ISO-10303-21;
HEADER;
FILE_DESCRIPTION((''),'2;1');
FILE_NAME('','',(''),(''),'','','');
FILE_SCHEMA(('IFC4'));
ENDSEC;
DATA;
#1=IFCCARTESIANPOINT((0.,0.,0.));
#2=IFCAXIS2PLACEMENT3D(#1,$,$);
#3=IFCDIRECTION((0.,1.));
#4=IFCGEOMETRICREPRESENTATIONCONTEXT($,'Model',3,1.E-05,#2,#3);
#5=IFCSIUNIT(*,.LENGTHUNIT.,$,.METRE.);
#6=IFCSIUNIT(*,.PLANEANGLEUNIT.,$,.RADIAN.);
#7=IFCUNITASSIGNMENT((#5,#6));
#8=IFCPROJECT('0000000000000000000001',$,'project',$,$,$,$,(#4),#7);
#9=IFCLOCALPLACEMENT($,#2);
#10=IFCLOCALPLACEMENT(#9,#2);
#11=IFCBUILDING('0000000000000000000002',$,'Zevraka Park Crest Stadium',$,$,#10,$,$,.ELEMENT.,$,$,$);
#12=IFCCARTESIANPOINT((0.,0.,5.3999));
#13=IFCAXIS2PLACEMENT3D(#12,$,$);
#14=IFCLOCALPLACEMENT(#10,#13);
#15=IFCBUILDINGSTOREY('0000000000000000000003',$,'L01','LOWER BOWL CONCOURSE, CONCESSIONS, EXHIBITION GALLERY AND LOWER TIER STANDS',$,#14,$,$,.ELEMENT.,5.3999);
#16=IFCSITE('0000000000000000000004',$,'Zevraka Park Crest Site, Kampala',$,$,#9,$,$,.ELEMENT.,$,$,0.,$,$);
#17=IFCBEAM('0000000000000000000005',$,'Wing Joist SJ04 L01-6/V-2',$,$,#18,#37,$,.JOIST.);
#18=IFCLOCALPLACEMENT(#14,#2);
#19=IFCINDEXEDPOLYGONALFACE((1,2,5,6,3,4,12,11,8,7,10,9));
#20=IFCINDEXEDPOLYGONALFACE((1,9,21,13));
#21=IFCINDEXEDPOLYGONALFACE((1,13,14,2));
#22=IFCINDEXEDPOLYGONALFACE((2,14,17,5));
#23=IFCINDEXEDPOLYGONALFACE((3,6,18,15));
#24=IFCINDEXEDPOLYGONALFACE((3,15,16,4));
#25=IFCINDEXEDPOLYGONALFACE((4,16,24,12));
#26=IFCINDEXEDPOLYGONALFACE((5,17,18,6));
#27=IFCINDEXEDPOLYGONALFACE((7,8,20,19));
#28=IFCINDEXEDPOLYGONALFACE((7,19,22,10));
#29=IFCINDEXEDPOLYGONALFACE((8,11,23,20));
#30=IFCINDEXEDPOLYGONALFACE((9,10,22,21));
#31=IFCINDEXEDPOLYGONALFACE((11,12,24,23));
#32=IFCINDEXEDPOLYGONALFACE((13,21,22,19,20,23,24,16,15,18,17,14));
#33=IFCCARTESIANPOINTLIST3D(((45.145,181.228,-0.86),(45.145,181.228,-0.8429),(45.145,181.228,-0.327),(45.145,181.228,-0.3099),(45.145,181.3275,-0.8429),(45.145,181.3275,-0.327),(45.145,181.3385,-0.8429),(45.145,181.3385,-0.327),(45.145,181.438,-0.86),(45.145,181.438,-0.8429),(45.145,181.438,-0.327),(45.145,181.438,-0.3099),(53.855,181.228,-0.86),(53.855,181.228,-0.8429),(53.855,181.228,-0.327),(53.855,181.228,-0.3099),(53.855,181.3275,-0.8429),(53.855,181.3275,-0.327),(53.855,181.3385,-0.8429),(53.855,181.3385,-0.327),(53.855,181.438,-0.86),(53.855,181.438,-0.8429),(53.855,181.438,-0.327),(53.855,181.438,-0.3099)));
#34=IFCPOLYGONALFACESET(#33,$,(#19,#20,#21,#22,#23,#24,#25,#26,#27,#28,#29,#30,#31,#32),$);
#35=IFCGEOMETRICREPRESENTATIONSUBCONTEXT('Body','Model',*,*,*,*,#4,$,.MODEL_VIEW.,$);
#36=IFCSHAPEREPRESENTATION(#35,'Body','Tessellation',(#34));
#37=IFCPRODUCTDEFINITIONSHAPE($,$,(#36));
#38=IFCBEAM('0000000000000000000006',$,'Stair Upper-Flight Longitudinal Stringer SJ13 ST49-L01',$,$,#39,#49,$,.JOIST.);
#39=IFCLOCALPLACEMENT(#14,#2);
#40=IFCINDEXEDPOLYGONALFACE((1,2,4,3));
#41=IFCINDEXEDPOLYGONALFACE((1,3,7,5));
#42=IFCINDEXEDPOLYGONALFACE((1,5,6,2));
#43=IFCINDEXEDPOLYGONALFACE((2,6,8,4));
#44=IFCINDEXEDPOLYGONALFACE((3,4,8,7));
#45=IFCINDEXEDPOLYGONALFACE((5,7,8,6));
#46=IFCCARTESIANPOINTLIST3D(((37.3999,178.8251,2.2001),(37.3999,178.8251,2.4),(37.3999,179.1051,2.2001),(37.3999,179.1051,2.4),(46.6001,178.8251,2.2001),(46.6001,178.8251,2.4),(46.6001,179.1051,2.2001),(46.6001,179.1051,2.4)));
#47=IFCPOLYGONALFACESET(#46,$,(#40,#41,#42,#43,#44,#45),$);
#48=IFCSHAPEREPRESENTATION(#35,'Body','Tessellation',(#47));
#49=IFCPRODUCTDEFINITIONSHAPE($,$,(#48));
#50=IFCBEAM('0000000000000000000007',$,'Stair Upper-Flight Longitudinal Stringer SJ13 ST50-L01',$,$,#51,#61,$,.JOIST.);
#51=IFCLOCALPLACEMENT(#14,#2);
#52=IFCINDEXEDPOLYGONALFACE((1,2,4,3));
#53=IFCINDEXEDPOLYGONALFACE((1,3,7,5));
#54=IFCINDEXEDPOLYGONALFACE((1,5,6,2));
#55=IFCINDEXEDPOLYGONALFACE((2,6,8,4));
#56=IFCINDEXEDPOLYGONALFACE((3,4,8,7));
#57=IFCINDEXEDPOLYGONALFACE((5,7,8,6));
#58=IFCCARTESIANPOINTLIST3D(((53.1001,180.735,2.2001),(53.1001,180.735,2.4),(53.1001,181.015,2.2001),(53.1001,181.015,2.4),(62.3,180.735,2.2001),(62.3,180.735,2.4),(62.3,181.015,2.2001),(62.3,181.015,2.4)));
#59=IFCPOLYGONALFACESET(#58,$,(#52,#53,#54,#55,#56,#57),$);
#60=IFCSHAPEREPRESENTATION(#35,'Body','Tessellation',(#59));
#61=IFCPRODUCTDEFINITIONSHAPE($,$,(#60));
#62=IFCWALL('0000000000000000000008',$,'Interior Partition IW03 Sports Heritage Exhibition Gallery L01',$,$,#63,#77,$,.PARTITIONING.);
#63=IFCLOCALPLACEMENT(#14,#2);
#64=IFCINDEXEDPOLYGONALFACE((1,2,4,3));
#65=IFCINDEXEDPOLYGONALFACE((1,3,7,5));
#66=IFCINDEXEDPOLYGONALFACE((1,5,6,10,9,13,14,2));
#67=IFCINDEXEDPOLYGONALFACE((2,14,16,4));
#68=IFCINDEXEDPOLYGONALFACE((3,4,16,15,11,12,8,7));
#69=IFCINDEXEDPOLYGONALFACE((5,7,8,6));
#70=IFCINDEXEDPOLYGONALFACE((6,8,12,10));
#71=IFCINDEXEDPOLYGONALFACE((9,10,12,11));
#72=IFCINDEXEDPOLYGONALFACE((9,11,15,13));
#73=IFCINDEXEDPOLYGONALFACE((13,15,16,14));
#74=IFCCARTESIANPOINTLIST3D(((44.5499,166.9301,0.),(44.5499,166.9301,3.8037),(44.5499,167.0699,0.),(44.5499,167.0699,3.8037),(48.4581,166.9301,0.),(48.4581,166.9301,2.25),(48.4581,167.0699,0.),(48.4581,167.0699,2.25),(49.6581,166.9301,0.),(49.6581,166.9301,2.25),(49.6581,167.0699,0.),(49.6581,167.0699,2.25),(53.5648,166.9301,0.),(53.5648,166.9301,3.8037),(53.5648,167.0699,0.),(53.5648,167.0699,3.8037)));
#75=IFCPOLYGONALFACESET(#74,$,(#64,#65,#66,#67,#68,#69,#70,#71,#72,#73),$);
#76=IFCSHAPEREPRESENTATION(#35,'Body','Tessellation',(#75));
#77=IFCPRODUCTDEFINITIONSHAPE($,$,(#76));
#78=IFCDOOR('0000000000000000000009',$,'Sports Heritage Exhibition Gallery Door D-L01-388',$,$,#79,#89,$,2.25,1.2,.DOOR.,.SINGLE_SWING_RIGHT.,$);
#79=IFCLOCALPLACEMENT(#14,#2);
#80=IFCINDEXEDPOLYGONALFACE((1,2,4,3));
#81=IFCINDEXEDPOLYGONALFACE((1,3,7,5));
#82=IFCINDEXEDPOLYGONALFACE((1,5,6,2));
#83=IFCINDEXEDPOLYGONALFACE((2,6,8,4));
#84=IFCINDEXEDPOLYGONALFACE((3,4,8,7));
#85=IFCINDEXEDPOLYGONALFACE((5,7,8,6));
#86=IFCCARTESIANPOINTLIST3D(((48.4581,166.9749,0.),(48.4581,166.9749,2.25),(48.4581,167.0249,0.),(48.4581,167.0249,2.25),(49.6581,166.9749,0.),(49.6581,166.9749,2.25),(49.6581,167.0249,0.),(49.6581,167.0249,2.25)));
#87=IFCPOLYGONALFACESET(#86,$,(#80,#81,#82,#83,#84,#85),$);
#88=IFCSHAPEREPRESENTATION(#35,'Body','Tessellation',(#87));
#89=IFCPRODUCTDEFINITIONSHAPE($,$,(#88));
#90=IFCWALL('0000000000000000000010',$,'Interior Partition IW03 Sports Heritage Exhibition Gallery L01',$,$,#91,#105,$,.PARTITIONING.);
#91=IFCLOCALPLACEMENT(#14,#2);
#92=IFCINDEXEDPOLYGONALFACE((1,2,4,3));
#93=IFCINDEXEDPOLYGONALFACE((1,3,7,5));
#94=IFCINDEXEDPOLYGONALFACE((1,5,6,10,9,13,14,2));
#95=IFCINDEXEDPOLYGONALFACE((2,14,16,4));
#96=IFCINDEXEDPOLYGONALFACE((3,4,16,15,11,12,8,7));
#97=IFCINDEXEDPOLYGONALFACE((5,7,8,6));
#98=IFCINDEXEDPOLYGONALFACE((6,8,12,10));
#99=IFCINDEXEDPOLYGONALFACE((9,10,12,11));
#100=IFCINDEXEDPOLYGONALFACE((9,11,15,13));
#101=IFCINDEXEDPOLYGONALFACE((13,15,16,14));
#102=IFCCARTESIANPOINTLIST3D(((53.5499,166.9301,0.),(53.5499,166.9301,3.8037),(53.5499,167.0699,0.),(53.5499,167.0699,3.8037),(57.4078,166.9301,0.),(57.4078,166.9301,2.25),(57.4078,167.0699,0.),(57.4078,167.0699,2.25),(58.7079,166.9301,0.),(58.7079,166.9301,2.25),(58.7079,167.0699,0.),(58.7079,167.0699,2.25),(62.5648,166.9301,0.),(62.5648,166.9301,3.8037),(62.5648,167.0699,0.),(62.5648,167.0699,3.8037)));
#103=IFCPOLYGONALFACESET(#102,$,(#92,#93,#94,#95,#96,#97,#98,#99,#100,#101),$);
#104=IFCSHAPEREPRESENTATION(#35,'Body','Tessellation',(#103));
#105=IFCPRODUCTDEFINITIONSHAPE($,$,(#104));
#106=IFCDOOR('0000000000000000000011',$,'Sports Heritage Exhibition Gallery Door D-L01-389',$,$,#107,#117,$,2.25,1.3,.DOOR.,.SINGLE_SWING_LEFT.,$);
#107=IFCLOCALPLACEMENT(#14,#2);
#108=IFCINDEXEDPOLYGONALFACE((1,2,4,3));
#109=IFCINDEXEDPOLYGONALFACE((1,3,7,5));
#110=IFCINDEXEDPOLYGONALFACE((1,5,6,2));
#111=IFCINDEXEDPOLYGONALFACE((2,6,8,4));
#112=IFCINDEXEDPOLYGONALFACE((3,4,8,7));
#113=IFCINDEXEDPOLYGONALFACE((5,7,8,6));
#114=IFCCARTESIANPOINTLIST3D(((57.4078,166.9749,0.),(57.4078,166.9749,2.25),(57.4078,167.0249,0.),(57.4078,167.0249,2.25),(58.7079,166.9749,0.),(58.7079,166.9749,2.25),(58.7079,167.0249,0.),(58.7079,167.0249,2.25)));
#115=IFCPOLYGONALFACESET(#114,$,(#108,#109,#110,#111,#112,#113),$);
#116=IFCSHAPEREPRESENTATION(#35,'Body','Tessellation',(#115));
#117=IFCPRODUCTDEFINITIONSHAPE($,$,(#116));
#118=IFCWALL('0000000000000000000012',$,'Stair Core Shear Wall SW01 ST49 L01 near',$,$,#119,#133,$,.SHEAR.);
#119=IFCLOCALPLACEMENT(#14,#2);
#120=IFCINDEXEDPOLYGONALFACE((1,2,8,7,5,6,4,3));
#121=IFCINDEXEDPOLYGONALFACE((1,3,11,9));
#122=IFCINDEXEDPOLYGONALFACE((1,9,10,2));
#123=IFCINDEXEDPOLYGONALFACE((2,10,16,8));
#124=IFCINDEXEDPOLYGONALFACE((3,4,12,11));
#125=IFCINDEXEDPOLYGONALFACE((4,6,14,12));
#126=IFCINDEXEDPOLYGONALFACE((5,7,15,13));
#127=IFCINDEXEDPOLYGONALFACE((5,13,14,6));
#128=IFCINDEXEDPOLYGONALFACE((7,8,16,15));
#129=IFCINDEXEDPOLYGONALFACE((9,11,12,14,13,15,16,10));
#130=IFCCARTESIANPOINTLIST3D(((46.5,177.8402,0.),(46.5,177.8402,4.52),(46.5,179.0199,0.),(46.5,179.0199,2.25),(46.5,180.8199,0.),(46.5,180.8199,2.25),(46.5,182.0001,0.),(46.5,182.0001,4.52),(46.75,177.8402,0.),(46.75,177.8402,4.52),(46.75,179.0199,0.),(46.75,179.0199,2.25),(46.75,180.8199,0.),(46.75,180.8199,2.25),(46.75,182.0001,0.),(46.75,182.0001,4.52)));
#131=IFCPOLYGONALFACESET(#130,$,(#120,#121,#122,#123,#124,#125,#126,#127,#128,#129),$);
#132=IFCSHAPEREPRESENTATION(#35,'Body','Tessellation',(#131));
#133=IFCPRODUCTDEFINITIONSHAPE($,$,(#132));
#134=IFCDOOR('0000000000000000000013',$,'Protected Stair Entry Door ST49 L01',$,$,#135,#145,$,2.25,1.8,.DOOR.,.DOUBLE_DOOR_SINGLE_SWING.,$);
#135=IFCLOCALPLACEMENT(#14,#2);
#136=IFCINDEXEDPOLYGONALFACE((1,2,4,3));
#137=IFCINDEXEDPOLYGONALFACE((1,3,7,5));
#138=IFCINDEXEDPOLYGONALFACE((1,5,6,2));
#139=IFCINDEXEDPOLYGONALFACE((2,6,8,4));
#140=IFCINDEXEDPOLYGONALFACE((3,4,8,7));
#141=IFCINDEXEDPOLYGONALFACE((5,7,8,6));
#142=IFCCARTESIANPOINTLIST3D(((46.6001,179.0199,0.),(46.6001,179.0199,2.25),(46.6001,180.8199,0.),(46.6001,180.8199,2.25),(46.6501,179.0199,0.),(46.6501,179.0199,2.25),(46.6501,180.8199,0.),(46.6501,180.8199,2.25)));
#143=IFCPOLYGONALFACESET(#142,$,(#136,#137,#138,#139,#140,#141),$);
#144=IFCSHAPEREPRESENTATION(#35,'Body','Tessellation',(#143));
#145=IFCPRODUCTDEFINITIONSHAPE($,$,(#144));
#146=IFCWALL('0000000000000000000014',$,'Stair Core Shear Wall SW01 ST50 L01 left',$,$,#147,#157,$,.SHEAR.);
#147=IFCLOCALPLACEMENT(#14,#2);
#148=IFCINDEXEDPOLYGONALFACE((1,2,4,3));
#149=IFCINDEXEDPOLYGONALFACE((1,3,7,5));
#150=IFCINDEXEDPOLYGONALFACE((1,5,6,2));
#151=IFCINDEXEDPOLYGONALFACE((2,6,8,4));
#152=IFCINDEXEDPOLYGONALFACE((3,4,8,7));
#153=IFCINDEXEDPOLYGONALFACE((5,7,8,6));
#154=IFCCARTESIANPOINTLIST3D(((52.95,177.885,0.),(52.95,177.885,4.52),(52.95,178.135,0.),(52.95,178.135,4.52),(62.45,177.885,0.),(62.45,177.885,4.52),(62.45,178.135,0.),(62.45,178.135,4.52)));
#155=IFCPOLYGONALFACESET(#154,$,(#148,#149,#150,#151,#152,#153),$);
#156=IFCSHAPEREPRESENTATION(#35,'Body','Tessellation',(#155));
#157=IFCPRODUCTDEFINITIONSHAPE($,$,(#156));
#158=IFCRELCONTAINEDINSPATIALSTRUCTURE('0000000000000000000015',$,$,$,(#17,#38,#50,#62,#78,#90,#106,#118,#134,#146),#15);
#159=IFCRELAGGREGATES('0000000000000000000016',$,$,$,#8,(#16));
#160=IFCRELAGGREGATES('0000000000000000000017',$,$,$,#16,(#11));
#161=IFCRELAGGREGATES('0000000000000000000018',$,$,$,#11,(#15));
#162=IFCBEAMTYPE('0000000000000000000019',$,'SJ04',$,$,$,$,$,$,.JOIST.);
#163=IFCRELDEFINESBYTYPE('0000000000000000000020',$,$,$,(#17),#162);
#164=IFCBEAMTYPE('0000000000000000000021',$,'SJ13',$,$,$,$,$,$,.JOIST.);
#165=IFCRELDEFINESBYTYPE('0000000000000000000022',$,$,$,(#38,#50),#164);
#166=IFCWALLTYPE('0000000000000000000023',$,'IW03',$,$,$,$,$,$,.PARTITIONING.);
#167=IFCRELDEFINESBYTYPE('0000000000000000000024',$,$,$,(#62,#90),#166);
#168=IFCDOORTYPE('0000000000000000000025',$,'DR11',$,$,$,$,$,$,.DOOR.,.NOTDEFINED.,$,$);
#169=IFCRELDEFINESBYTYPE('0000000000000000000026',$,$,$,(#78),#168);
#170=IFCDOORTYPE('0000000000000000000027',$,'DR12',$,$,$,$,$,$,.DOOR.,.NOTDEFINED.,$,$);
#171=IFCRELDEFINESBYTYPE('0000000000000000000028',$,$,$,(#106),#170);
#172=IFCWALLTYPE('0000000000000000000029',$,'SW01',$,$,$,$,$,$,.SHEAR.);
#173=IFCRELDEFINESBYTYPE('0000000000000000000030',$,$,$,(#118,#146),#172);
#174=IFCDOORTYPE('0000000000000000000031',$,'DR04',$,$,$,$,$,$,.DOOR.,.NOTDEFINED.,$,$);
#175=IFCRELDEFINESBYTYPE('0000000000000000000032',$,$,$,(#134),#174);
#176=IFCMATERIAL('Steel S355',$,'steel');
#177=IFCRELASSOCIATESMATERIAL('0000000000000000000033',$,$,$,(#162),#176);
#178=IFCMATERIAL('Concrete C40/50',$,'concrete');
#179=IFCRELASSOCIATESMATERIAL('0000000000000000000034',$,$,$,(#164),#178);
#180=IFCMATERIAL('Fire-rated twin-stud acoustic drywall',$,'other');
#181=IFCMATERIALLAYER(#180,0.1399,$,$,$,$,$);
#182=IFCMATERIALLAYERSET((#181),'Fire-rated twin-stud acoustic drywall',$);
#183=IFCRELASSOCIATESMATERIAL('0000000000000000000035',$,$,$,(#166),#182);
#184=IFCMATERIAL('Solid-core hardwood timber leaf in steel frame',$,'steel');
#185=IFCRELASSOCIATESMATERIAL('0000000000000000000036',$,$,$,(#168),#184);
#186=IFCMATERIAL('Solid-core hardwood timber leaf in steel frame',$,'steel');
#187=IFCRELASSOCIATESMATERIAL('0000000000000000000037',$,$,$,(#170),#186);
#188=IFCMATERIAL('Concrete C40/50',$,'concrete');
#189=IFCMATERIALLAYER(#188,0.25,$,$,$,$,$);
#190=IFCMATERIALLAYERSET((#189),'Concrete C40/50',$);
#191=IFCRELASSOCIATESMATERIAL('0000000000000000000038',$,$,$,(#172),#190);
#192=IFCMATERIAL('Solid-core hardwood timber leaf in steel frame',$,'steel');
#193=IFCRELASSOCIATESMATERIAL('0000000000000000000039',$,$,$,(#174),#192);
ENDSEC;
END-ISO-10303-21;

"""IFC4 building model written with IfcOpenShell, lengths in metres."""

from ifc_helpers import new_model, si_unit, direction, frame, frame_2d, origin, origin_2d, place, context, subcontext, project, spatial, rectangle, i_section, extrude, material, layer, layer_set, material_profile, profile_set, type_object, element, fill, save


model = new_model("IFC4")

# Units and contexts
model_context = context("Model", 3, precision=1e-05, world=origin(), true_north=direction((0.0, 1.0)))
body_context = subcontext(model_context, "Body", "Model", "MODEL_VIEW")
ifc_project = project(units=[si_unit("LENGTHUNIT", "METRE"), si_unit("PLANEANGLEUNIT", "RADIAN")], contexts=[model_context])

# Site, building, storey
site_placement = place(None, origin())
site = spatial("IfcSite", under=ifc_project, at=site_placement, Name="Zevraka Park Crest Site, Kampala", CompositionType="ELEMENT", RefElevation=0.0)
building_placement = place(site_placement, origin())
building = spatial("IfcBuilding", under=site, at=building_placement, Name="Zevraka Park Crest Stadium", CompositionType="ELEMENT")
storey_placement = place(building_placement, frame((0.0, 0.0, 5.3999)))
storey = spatial("IfcBuildingStorey", under=building, at=storey_placement, Name="L01", Description="LOWER BOWL CONCOURSE, CONCESSIONS, EXHIBITION GALLERY AND LOWER TIER STANDS", CompositionType="ELEMENT", Elevation=5.3999)

# Beams
ifc_material_1 = material(Name="Steel S355", Category="steel")
ifc_material_profile_1 = material_profile(ifc_material_1, i_section(OverallWidth=0.21, OverallDepth=0.55, WebThickness=0.011, FlangeThickness=0.0171, at=origin_2d()), Name="IPE 550")
ifc_profile_set_1 = profile_set([ifc_material_profile_1], Name="Steel S355")
beam_type_1 = type_object("IfcBeamType", Name="SJ04", PredefinedType="JOIST", material=ifc_profile_set_1)
for number, where, z_axis, x_axis, name in (
    (1, (45.145, 181.333, -0.585), (1.0, 0.0, 0.0), (0.0, 1.0, 0.0), "Wing Joist SJ04 L01-6/V-2"),
):
    element("IfcBeam", number, at=place(storey_placement, frame(where, z_axis=z_axis, x_axis=x_axis)), inside=storey, type_object=beam_type_1, Name=name, PredefinedType="JOIST", context=body_context, shape_type="SweptSolid", body=[
        extrude(i_section(OverallWidth=0.21, OverallDepth=0.55, WebThickness=0.011, FlangeThickness=0.0171, at=origin_2d()), origin(), (0.0, 0.0, 1.0), 8.71),
    ])
ifc_material_2 = material(Name="Concrete C40/50", Category="concrete")
ifc_material_profile_2 = material_profile(ifc_material_2, rectangle(XDim=0.28, YDim=0.2, at=origin_2d()), Name="RC 200x280")
ifc_profile_set_2 = profile_set([ifc_material_profile_2], Name="Concrete C40/50")
beam_type_2 = type_object("IfcBeamType", Name="SJ13", PredefinedType="JOIST", material=ifc_profile_set_2)
beam_1_placement = place(storey_placement, frame((46.6001, 178.9651, 2.3), z_axis=(-1.0, 0.0, 0.0), x_axis=(0.0, -1.0, 0.0)))
element("IfcBeam", 2, at=beam_1_placement, inside=storey, type_object=beam_type_2, Name="Stair Upper-Flight Longitudinal Stringer SJ13 ST49-L01", PredefinedType="JOIST", context=body_context, shape_type="SweptSolid", body=[
    extrude(rectangle(XDim=0.28, YDim=0.2, at=origin_2d()), origin(), (0.0, 0.0, 1.0), 9.2002),
])
beam_2_placement = place(storey_placement, frame((53.1001, 180.875, 2.3), z_axis=(1.0, 0.0, 0.0), x_axis=(0.0, 1.0, 0.0)))
element("IfcBeam", 3, at=beam_2_placement, inside=storey, type_object=beam_type_2, Name="Stair Upper-Flight Longitudinal Stringer SJ13 ST50-L01", PredefinedType="JOIST", context=body_context, shape_type="SweptSolid", body=[
    extrude(rectangle(XDim=0.28, YDim=0.2, at=origin_2d()), origin(), (0.0, 0.0, 1.0), 9.2),
])

# Walls, openings, doors
ifc_material_3 = material(Name="Fire-rated twin-stud acoustic drywall", Category="other")
ifc_layer_1 = layer(ifc_material_3, 0.1399)
ifc_layer_set_1 = layer_set([ifc_layer_1], Name="Fire-rated twin-stud acoustic drywall")
wall_type_1 = type_object("IfcWallType", Name="IW03", PredefinedType="PARTITIONING", material=ifc_layer_set_1)
wall_1_placement = place(storey_placement, frame((44.55, 167.0, 0.0), z_axis=(0.0, 0.0, 1.0), x_axis=(1.0, 0.0, 0.0)))
wall_1 = element("IfcWall", 4, at=wall_1_placement, inside=storey, type_object=wall_type_1, Name="Interior Partition IW03 Sports Heritage Exhibition Gallery L01", PredefinedType="PARTITIONING", context=body_context, shape_type="SweptSolid", body=[
    extrude(rectangle(XDim=9.0149, YDim=0.1399, at=frame_2d((4.5073, 0.0))), origin(), (0.0, 0.0, 1.0), 3.8037),
])
opening_1_placement = place(wall_1_placement, frame((3.908, 0.0, 0.0)))
opening_1 = element("IfcOpeningElement", 5, at=opening_1_placement, cuts=wall_1, PredefinedType="OPENING", context=body_context, shape_type="SweptSolid", body=[
    extrude(rectangle(XDim=1.2, YDim=2.25, at=frame_2d((0.6001, 1.125))), frame((0.0, 0.0798, 0.0), z_axis=(0.0, -1.0, 0.0), x_axis=(1.0, 0.0, 0.0)), (0.0, 0.0, 1.0), 0.1599),
])
ifc_material_4 = material(Name="Solid-core hardwood timber leaf in steel frame", Category="steel")
door_type_1 = type_object("IfcDoorType", Name="DR11", OperationType="NOTDEFINED", PredefinedType="DOOR", material=ifc_material_4)
door_1_placement = place(opening_1_placement, origin())
door_1 = element("IfcDoor", 6, at=door_1_placement, inside=storey, type_object=door_type_1, Name="Sports Heritage Exhibition Gallery Door D-L01-388", OperationType="SINGLE_SWING_RIGHT", OverallHeight=2.25, OverallWidth=1.2, PredefinedType="DOOR", context=body_context, shape_type="SweptSolid", body=[
    extrude(rectangle(XDim=1.2, YDim=2.25, at=frame_2d((0.6001, 1.125))), frame((0.0, 0.0249, 0.0), z_axis=(0.0, -1.0, 0.0), x_axis=(1.0, 0.0, 0.0)), (0.0, 0.0, 1.0), 0.05),
])
fill(opening_1, door_1)
wall_2_placement = place(storey_placement, frame((53.55, 167.0, 0.0), z_axis=(0.0, 0.0, 1.0), x_axis=(1.0, 0.0, 0.0)))
wall_2 = element("IfcWall", 7, at=wall_2_placement, inside=storey, type_object=wall_type_1, Name="Interior Partition IW03 Sports Heritage Exhibition Gallery L01", PredefinedType="PARTITIONING", context=body_context, shape_type="SweptSolid", body=[
    extrude(rectangle(XDim=9.0149, YDim=0.1399, at=frame_2d((4.5073, 0.0))), origin(), (0.0, 0.0, 1.0), 3.8037),
])
opening_2_placement = place(wall_2_placement, frame((3.8579, 0.0, 0.0)))
opening_2 = element("IfcOpeningElement", 8, at=opening_2_placement, cuts=wall_2, PredefinedType="OPENING", context=body_context, shape_type="SweptSolid", body=[
    extrude(rectangle(XDim=1.3, YDim=2.25, at=frame_2d((0.6499, 1.125))), frame((0.0, 0.0798, 0.0), z_axis=(0.0, -1.0, 0.0), x_axis=(1.0, 0.0, 0.0)), (0.0, 0.0, 1.0), 0.1599),
])
ifc_material_5 = material(Name="Solid-core hardwood timber leaf in steel frame", Category="steel")
door_type_2 = type_object("IfcDoorType", Name="DR12", OperationType="NOTDEFINED", PredefinedType="DOOR", material=ifc_material_5)
door_2_placement = place(opening_2_placement, origin())
door_2 = element("IfcDoor", 9, at=door_2_placement, inside=storey, type_object=door_type_2, Name="Sports Heritage Exhibition Gallery Door D-L01-389", OperationType="SINGLE_SWING_LEFT", OverallHeight=2.25, OverallWidth=1.3, PredefinedType="DOOR", context=body_context, shape_type="SweptSolid", body=[
    extrude(rectangle(XDim=1.3, YDim=2.25, at=frame_2d((0.6499, 1.125))), frame((0.0, 0.0249, 0.0), z_axis=(0.0, -1.0, 0.0), x_axis=(1.0, 0.0, 0.0)), (0.0, 0.0, 1.0), 0.05),
])
fill(opening_2, door_2)
ifc_material_6 = material(Name="Concrete C40/50", Category="concrete")
ifc_layer_2 = layer(ifc_material_6, 0.25)
ifc_layer_set_2 = layer_set([ifc_layer_2], Name="Concrete C40/50")
wall_type_2 = type_object("IfcWallType", Name="SW01", PredefinedType="SHEAR", material=ifc_layer_set_2)
wall_3_placement = place(storey_placement, frame((46.625, 177.8401, 0.0), z_axis=(0.0, 0.0, 1.0), x_axis=(0.0, 1.0, 0.0)))
wall_3 = element("IfcWall", 10, at=wall_3_placement, inside=storey, type_object=wall_type_2, Name="Stair Core Shear Wall SW01 ST49 L01 near", PredefinedType="SHEAR", context=body_context, shape_type="SweptSolid", body=[
    extrude(rectangle(XDim=4.1599, YDim=0.25, at=frame_2d((2.0801, 0.0))), origin(), (0.0, 0.0, 1.0), 4.52),
])
opening_3_placement = place(wall_3_placement, frame((1.1799, 0.0, 0.0)))
opening_3 = element("IfcOpeningElement", 11, at=opening_3_placement, cuts=wall_3, PredefinedType="OPENING", context=body_context, shape_type="SweptSolid", body=[
    extrude(rectangle(XDim=1.8, YDim=2.25, at=frame_2d((0.8999, 1.125))), frame((0.0, 0.135, 0.0), z_axis=(0.0, -1.0, 0.0), x_axis=(1.0, 0.0, 0.0)), (0.0, 0.0, 1.0), 0.27),
])
ifc_material_7 = material(Name="Solid-core hardwood timber leaf in steel frame", Category="steel")
door_type_3 = type_object("IfcDoorType", Name="DR04", OperationType="NOTDEFINED", PredefinedType="DOOR", material=ifc_material_7)
door_3_placement = place(opening_3_placement, origin())
door_3 = element("IfcDoor", 12, at=door_3_placement, inside=storey, type_object=door_type_3, Name="Protected Stair Entry Door ST49 L01", OperationType="DOUBLE_DOOR_SINGLE_SWING", OverallHeight=2.25, OverallWidth=1.8, PredefinedType="DOOR", context=body_context, shape_type="SweptSolid", body=[
    extrude(rectangle(XDim=1.8, YDim=2.25, at=frame_2d((0.8999, 1.125))), frame((0.0, 0.0249, 0.0), z_axis=(0.0, -1.0, 0.0), x_axis=(1.0, 0.0, 0.0)), (0.0, 0.0, 1.0), 0.05),
])
fill(opening_3, door_3)

# Wall
wall_4_placement = place(storey_placement, frame((52.95, 178.01, 0.0), z_axis=(0.0, 0.0, 1.0), x_axis=(1.0, 0.0, 0.0)))
element("IfcWall", 13, at=wall_4_placement, inside=storey, type_object=wall_type_2, Name="Stair Core Shear Wall SW01 ST50 L01 left", PredefinedType="SHEAR", context=body_context, shape_type="SweptSolid", body=[
    extrude(rectangle(XDim=9.5, YDim=0.25, at=frame_2d((4.75, 0.0))), origin(), (0.0, 0.0, 1.0), 4.52),
])

save(model, "model.ifc")
